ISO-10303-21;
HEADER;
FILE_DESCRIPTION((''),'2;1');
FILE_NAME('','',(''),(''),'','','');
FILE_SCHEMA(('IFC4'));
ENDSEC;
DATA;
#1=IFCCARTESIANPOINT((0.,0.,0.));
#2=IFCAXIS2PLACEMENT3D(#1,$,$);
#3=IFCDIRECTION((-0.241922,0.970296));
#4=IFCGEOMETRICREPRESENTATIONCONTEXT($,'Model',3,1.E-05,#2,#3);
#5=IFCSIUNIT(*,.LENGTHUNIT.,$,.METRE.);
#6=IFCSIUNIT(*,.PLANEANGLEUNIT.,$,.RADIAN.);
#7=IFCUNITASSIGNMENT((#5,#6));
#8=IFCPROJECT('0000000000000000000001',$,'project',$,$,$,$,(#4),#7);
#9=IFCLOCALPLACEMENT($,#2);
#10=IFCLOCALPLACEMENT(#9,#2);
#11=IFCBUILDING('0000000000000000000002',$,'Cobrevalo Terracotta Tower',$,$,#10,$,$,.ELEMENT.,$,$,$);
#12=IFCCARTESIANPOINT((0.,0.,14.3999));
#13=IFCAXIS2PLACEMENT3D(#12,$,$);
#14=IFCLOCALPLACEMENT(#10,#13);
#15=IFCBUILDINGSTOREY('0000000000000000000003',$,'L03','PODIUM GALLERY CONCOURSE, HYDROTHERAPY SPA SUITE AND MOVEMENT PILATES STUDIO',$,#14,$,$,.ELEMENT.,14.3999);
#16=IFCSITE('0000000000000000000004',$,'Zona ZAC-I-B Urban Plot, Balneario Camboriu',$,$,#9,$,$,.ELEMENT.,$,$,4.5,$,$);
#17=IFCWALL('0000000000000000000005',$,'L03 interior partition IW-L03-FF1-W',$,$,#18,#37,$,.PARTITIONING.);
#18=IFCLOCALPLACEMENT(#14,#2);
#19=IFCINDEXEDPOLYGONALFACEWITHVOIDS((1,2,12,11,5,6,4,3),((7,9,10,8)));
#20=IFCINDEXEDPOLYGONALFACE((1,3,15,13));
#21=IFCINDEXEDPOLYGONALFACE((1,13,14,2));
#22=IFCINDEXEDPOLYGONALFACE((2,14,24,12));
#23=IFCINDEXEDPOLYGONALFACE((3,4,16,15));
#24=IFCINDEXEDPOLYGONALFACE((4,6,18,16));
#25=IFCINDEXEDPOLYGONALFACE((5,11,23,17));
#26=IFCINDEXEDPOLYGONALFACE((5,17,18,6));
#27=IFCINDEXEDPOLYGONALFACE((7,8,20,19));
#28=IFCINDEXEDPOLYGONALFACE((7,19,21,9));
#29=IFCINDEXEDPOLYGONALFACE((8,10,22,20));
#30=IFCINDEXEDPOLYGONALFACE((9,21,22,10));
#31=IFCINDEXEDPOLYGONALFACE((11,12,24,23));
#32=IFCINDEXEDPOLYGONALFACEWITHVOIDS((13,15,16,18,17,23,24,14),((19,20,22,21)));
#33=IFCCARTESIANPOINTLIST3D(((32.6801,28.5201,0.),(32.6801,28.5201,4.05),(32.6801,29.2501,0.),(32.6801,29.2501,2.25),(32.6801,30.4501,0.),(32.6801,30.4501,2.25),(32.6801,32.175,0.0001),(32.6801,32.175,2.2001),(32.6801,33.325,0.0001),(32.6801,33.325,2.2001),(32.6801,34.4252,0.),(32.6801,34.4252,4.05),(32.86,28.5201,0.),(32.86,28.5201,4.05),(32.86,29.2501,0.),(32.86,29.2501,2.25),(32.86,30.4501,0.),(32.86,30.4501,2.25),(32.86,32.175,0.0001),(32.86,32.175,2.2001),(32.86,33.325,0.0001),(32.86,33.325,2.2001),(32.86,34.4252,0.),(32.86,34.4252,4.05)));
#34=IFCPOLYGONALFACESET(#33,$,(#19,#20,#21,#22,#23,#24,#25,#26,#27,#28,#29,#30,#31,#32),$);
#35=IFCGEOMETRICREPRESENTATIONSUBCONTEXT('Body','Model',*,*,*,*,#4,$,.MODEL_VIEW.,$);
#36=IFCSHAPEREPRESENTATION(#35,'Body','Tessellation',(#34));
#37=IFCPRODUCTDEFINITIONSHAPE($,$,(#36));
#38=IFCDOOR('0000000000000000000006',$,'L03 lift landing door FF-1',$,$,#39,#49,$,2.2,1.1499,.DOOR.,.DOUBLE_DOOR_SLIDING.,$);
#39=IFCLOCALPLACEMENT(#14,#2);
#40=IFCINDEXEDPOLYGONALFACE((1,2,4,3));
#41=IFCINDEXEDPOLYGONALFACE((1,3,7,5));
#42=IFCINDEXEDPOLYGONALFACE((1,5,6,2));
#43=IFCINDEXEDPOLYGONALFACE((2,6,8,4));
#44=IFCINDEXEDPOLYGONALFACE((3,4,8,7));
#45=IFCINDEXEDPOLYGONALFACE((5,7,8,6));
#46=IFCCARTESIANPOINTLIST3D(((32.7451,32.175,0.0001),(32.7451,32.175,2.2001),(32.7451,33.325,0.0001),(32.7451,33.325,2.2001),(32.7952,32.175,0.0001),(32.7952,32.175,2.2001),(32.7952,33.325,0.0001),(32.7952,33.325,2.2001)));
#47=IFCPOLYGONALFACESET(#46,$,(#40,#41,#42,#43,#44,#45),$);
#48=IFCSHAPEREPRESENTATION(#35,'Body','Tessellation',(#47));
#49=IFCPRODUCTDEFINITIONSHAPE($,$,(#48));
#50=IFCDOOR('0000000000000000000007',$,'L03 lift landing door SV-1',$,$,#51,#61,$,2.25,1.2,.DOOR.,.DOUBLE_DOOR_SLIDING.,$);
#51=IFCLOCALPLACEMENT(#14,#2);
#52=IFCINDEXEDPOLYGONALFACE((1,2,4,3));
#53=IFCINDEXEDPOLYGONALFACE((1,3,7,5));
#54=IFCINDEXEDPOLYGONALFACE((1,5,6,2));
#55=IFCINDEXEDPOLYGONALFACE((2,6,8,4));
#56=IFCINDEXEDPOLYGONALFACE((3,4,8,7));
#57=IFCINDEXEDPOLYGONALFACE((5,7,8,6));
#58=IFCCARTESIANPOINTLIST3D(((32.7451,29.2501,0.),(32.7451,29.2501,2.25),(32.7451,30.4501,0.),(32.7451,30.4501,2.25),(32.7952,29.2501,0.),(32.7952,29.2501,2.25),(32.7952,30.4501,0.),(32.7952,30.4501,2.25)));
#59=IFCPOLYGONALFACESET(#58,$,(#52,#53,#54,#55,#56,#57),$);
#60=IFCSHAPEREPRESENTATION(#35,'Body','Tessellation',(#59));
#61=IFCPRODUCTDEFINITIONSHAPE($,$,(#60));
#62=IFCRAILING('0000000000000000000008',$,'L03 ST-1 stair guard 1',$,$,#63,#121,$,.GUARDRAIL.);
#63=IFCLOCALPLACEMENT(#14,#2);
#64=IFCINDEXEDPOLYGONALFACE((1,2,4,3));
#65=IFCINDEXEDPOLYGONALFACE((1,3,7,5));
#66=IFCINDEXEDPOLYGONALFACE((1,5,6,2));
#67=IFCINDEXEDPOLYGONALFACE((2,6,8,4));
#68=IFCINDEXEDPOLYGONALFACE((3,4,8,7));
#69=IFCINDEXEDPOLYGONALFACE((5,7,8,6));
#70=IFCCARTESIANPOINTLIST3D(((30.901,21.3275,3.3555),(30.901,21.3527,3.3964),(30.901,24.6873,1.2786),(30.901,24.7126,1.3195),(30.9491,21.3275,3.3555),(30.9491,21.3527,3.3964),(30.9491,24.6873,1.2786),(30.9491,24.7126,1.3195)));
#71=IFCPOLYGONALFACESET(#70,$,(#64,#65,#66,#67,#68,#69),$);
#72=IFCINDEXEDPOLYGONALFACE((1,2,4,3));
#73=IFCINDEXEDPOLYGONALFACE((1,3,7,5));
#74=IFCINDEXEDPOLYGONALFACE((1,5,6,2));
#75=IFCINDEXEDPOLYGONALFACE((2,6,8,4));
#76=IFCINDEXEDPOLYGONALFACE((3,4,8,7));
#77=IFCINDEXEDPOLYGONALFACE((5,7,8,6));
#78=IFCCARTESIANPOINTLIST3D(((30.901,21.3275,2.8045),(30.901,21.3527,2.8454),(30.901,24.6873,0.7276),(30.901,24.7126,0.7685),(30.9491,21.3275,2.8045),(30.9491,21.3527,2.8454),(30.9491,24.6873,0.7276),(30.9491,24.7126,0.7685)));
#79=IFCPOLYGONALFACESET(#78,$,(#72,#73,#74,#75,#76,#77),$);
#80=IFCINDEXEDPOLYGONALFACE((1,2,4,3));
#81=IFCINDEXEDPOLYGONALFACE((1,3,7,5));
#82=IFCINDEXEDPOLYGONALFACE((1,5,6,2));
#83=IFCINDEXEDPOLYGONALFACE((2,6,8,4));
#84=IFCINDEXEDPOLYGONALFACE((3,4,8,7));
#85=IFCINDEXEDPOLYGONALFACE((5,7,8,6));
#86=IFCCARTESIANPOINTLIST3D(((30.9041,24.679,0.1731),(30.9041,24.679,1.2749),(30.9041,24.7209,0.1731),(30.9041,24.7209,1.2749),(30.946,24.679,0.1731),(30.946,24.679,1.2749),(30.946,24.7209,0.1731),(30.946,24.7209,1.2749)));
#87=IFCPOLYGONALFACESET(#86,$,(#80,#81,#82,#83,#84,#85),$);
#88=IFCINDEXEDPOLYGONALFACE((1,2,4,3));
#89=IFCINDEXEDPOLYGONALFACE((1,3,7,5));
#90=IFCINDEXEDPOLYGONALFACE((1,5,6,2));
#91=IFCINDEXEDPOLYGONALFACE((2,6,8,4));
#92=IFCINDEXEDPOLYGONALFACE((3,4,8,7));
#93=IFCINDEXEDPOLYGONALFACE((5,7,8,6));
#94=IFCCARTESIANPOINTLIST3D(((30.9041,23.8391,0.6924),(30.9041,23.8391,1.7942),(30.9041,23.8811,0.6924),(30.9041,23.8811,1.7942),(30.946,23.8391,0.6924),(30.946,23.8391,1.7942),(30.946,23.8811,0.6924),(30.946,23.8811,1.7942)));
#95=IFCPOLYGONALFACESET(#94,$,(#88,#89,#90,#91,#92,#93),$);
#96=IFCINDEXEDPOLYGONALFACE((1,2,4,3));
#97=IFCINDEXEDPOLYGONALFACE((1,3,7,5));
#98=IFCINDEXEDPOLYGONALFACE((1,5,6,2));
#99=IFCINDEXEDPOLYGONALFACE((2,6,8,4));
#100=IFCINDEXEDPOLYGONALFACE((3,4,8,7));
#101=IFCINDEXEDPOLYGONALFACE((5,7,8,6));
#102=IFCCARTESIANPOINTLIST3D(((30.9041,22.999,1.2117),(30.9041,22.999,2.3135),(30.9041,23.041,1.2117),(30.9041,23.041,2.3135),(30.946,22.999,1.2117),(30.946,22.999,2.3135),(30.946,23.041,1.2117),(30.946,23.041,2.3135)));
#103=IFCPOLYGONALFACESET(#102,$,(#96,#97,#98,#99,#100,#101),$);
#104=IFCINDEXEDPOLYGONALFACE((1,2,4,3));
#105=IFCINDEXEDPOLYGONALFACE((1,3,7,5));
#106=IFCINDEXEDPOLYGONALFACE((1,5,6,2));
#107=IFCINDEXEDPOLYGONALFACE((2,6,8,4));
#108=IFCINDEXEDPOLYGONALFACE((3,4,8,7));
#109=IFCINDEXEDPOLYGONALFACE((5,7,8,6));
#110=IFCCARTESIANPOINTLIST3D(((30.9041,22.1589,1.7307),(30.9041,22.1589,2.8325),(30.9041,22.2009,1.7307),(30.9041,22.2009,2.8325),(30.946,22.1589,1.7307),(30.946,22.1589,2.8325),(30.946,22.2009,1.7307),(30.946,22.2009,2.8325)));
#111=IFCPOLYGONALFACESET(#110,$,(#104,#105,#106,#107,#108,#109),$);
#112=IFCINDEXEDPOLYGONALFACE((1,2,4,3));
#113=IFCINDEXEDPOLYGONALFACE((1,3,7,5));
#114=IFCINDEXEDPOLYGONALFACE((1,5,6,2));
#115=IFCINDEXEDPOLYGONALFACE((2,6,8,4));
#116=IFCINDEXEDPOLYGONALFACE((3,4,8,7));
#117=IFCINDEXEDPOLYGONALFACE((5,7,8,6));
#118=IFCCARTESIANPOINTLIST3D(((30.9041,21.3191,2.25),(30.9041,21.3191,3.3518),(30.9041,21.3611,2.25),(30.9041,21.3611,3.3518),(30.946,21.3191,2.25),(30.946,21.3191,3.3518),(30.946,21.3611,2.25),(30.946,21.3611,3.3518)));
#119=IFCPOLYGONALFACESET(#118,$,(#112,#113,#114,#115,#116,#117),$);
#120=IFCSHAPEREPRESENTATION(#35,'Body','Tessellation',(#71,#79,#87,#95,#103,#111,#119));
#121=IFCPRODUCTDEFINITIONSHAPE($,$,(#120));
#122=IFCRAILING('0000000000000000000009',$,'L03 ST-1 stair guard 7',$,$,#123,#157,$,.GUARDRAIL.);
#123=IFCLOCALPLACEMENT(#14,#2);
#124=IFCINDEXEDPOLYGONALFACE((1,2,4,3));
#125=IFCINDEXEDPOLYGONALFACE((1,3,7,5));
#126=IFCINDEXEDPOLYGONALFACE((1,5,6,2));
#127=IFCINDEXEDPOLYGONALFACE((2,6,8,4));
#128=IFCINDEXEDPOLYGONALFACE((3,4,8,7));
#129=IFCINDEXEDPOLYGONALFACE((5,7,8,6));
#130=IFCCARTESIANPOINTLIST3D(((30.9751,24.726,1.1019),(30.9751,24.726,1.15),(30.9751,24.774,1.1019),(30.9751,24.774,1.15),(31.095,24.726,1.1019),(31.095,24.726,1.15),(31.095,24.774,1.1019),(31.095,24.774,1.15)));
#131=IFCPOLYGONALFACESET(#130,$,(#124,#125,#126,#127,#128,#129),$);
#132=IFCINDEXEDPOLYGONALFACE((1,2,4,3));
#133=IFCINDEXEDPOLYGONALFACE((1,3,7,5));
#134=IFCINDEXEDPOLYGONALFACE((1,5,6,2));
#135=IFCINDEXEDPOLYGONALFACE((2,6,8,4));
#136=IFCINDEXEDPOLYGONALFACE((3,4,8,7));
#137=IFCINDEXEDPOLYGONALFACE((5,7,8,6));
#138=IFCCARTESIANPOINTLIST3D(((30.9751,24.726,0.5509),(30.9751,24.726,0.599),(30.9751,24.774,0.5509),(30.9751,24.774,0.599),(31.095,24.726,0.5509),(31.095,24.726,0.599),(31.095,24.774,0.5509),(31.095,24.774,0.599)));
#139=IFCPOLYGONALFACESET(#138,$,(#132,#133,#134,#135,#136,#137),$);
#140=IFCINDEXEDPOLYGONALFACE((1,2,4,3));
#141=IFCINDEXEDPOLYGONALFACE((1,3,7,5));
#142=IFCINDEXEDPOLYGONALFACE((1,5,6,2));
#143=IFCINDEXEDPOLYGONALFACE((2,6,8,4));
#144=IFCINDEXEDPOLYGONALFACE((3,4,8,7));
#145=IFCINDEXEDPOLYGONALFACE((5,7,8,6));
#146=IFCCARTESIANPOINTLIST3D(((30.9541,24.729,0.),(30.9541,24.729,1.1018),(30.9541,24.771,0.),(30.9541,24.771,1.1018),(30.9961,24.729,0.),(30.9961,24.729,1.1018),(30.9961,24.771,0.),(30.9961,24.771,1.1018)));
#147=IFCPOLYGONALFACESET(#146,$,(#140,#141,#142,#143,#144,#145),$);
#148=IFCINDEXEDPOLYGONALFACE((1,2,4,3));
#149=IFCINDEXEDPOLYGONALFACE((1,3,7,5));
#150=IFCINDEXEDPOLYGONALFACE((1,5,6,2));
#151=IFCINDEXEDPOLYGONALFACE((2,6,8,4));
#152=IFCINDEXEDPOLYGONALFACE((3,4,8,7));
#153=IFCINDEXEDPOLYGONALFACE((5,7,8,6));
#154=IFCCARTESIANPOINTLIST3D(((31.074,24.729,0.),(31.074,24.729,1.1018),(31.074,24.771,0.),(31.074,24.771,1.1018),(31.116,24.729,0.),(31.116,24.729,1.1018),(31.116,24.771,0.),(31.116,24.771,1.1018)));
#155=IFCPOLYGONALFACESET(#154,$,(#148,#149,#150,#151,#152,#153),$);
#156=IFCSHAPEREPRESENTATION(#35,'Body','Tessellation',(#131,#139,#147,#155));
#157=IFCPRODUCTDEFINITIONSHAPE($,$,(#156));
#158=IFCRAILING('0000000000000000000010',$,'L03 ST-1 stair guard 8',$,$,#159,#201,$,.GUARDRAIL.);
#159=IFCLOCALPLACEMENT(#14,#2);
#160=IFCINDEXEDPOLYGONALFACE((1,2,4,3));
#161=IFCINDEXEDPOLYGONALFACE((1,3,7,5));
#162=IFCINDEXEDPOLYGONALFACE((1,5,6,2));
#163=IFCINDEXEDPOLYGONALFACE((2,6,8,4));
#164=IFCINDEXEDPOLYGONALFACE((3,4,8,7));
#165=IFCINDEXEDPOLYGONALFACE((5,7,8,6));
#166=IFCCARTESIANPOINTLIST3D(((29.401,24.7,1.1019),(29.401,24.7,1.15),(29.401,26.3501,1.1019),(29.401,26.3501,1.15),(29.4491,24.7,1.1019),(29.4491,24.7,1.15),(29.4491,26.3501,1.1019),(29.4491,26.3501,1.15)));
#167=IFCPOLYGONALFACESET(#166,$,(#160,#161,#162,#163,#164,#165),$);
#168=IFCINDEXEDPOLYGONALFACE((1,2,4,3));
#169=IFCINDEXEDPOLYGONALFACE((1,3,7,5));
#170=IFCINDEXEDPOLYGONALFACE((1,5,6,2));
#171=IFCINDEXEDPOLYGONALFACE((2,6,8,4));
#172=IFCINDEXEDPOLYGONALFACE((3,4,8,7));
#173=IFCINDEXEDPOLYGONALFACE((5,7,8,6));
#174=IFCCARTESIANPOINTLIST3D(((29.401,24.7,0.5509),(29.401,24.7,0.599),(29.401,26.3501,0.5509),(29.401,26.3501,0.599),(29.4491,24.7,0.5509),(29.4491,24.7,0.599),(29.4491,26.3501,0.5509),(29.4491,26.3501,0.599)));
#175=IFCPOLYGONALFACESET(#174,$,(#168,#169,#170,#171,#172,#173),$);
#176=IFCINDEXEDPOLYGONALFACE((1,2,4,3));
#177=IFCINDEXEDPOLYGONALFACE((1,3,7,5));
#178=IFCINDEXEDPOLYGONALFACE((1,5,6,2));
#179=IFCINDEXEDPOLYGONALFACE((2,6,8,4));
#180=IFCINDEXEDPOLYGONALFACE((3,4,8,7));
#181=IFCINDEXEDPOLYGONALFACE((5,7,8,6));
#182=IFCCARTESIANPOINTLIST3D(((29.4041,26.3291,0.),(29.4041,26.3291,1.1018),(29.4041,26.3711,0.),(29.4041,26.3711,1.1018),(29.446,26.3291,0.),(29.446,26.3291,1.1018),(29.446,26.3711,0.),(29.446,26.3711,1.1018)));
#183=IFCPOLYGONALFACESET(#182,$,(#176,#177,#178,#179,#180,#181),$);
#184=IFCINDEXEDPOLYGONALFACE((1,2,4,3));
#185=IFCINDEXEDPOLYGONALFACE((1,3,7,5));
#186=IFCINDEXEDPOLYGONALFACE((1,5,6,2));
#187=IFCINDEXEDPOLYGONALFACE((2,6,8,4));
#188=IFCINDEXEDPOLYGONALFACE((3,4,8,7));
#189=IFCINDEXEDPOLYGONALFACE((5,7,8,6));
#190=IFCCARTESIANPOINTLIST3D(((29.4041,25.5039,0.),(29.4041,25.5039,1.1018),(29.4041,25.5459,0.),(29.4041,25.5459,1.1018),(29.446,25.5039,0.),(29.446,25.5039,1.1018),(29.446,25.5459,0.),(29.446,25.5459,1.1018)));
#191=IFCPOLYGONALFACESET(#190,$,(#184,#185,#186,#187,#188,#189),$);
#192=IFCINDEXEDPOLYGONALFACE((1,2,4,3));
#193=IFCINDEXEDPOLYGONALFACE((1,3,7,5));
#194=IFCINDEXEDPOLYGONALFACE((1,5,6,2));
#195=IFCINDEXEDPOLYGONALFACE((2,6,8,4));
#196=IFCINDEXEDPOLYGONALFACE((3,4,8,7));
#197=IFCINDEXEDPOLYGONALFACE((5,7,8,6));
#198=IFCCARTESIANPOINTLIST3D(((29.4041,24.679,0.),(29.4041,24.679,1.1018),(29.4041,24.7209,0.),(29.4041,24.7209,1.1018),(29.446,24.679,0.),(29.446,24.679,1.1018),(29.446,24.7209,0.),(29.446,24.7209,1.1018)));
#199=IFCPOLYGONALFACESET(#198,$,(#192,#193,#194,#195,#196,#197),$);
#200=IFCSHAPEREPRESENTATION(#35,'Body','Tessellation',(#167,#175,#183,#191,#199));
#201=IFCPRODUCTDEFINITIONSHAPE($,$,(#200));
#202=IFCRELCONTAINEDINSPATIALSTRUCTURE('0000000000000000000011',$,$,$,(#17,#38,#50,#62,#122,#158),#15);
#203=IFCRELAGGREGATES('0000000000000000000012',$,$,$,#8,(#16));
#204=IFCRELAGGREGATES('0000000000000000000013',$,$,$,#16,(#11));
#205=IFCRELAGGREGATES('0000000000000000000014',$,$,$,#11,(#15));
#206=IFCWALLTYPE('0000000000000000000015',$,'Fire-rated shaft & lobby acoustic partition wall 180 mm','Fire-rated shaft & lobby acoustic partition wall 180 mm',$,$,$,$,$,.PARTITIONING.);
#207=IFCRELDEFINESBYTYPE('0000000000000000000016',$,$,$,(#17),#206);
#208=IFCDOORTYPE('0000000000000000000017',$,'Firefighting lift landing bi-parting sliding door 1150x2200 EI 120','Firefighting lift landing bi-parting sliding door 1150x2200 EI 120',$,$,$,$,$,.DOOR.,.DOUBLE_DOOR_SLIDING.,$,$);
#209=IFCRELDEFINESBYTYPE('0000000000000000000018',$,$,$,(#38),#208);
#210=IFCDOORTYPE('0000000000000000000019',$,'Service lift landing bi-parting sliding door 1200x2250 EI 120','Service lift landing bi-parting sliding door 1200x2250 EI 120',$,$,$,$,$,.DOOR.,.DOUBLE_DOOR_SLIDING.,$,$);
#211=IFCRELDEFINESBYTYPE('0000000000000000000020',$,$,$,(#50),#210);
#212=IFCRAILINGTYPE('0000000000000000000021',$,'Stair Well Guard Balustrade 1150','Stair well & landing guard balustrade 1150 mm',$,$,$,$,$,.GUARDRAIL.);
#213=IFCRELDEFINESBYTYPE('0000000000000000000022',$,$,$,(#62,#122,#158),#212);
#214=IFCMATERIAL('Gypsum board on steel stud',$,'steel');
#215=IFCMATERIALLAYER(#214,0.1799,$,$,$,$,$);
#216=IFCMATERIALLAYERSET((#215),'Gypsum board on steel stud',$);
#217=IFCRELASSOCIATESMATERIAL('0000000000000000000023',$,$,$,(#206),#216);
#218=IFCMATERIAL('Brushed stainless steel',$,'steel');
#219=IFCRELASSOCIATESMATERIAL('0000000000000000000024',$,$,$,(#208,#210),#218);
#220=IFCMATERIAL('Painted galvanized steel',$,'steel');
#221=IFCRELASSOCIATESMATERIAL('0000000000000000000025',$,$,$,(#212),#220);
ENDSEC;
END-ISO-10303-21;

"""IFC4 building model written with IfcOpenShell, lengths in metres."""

from ifc_helpers import new_model, si_unit, direction, frame, frame_2d, origin, origin_2d, place, context, subcontext, project, spatial, rectangle, extrude, source, transform, mapped, material, layer, layer_set, type_object, element, fill, save


model = new_model("IFC4")

# Units and contexts
model_context = context("Model", 3, precision=1e-05, world=origin(), true_north=direction((-0.241922, 0.970296)))
body_context = subcontext(model_context, "Body", "Model", "MODEL_VIEW")
ifc_project = project(units=[si_unit("LENGTHUNIT", "METRE"), si_unit("PLANEANGLEUNIT", "RADIAN")], contexts=[model_context])

# Site, building, storey
site_placement = place(None, origin())
site = spatial("IfcSite", under=ifc_project, at=site_placement, Name="Zona ZAC-I-B Urban Plot, Balneario Camboriu", CompositionType="ELEMENT", RefElevation=4.5)
building_placement = place(site_placement, origin())
building = spatial("IfcBuilding", under=site, at=building_placement, Name="Cobrevalo Terracotta Tower", CompositionType="ELEMENT")
storey_placement = place(building_placement, frame((0.0, 0.0, 14.3999)))
storey = spatial("IfcBuildingStorey", under=building, at=storey_placement, Name="L03", Description="PODIUM GALLERY CONCOURSE, HYDROTHERAPY SPA SUITE AND MOVEMENT PILATES STUDIO", CompositionType="ELEMENT", Elevation=14.3999)

# Shared definitions
ifc_material_1 = material(Name="Gypsum board on steel stud", Category="steel")

# Shared definitions
ifc_layer_1 = layer(ifc_material_1, 0.1799)
ifc_layer_set_1 = layer_set([ifc_layer_1], Name="Gypsum board on steel stud")
wall_type_1 = type_object("IfcWallType", Name="Fire-rated shaft & lobby acoustic partition wall 180 mm", Description="Fire-rated shaft & lobby acoustic partition wall 180 mm", PredefinedType="PARTITIONING", material=ifc_layer_set_1)

# Wall, openings, doors
wall_1_placement = place(storey_placement, frame((32.77, 28.52, 0.0), z_axis=(0.0, 0.0, 1.0), x_axis=(0.0, 1.0, 0.0)))
wall_1 = element("IfcWall", 1, at=wall_1_placement, inside=storey, type_object=wall_type_1, Name="L03 interior partition IW-L03-FF1-W", PredefinedType="PARTITIONING", context=body_context, shape_type="SweptSolid", body=[
    extrude(rectangle(XDim=5.905, YDim=0.1799, at=frame_2d((2.9526, 0.0))), origin(), (0.0, 0.0, 1.0), 4.05),
])
opening_1_placement = place(wall_1_placement, frame((3.655, 0.0, 0.0)))
opening_1 = element("IfcOpeningElement", 2, at=opening_1_placement, cuts=wall_1, PredefinedType="OPENING", context=body_context, shape_type="SweptSolid", body=[
    extrude(rectangle(XDim=1.1499, YDim=2.2, at=frame_2d((0.575, 1.1001))), frame((0.0, 0.1001, 0.0), z_axis=(0.0, -1.0, 0.0), x_axis=(1.0, 0.0, 0.0)), (0.0, 0.0, 1.0), 0.2),
])
opening_2_placement = place(wall_1_placement, frame((0.73, 0.0, 0.0)))
opening_2 = element("IfcOpeningElement", 3, at=opening_2_placement, cuts=wall_1, PredefinedType="OPENING", context=body_context, shape_type="SweptSolid", body=[
    extrude(rectangle(XDim=1.2, YDim=2.25, at=frame_2d((0.6001, 1.125))), frame((0.0, 0.1001, 0.0), z_axis=(0.0, -1.0, 0.0), x_axis=(1.0, 0.0, 0.0)), (0.0, 0.0, 1.0), 0.2),
])
ifc_material_2 = material(Name="Brushed stainless steel", Category="steel")
door_type_1 = type_object("IfcDoorType", Name="Firefighting lift landing bi-parting sliding door 1150x2200 EI 120", Description="Firefighting lift landing bi-parting sliding door 1150x2200 EI 120", OperationType="DOUBLE_DOOR_SLIDING", PredefinedType="DOOR", material=ifc_material_2)
shared_shape_1 = source(origin(), body_context, "Body", "SweptSolid", [
    extrude(rectangle(XDim=1.1499, YDim=2.2, at=frame_2d((0.575, 1.1001))), frame((0.0, 0.0249, 0.0), z_axis=(0.0, -1.0, 0.0), x_axis=(1.0, 0.0, 0.0)), (0.0, 0.0, 1.0), 0.05),
])
door_1_placement = place(opening_1_placement, origin())
door_1 = element("IfcDoor", 4, at=door_1_placement, inside=storey, type_object=door_type_1, Name="L03 lift landing door FF-1", OperationType="DOUBLE_DOOR_SLIDING", OverallHeight=2.2, OverallWidth=1.1499, PredefinedType="DOOR", context=body_context, shape_type="MappedRepresentation", body=[
    mapped(shared_shape_1, transform((0.0, 0.0, 0.0), scale=1.0)),
])
fill(opening_1, door_1)
door_type_2 = type_object("IfcDoorType", Name="Service lift landing bi-parting sliding door 1200x2250 EI 120", Description="Service lift landing bi-parting sliding door 1200x2250 EI 120", OperationType="DOUBLE_DOOR_SLIDING", PredefinedType="DOOR", material=ifc_material_2)
shared_shape_2 = source(origin(), body_context, "Body", "SweptSolid", [
    extrude(rectangle(XDim=1.2, YDim=2.25, at=frame_2d((0.6001, 1.125))), frame((0.0, 0.0249, 0.0), z_axis=(0.0, -1.0, 0.0), x_axis=(1.0, 0.0, 0.0)), (0.0, 0.0, 1.0), 0.05),
])
door_2_placement = place(opening_2_placement, origin())
door_2 = element("IfcDoor", 5, at=door_2_placement, inside=storey, type_object=door_type_2, Name="L03 lift landing door SV-1", OperationType="DOUBLE_DOOR_SLIDING", OverallHeight=2.25, OverallWidth=1.2, PredefinedType="DOOR", context=body_context, shape_type="MappedRepresentation", body=[
    mapped(shared_shape_2, transform((0.0, 0.0, 0.0), scale=1.0)),
])
fill(opening_2, door_2)

# Railings
ifc_material_3 = material(Name="Painted galvanized steel", Category="steel")
railing_type = type_object("IfcRailingType", Name="Stair Well Guard Balustrade 1150", Description="Stair well & landing guard balustrade 1150 mm", PredefinedType="GUARDRAIL", material=ifc_material_3)
railing_1_placement = place(storey_placement, frame((30.925, 24.7, 0.1731)))
element("IfcRailing", 6, at=railing_1_placement, inside=storey, type_object=railing_type, Name="L03 ST-1 stair guard 1", PredefinedType="GUARDRAIL", context=body_context, shape_type="SweptSolid", body=[
    extrude(rectangle(XDim=0.0481, YDim=0.0481, at=origin_2d()), frame((0.0, 0.0, 1.126), z_axis=(0.0, -0.850606, 0.525803), x_axis=(1.0, 0.0, 0.0)), (0.0, 0.0, 1.0), 3.95),
    extrude(rectangle(XDim=0.0481, YDim=0.0481, at=origin_2d()), frame((0.0, 0.0, 0.575), z_axis=(0.0, -0.850606, 0.525803), x_axis=(1.0, 0.0, 0.0)), (0.0, 0.0, 1.0), 3.95),
    extrude(rectangle(XDim=0.042, YDim=0.042, at=origin_2d()), origin(), (0.0, 0.0, 1.0), 1.1018),
    extrude(rectangle(XDim=0.042, YDim=0.042, at=origin_2d()), frame((0.0, -0.8398, 0.5193)), (0.0, 0.0, 1.0), 1.1018),
    extrude(rectangle(XDim=0.042, YDim=0.042, at=origin_2d()), frame((0.0, -1.6799, 1.0386)), (0.0, 0.0, 1.0), 1.1018),
    extrude(rectangle(XDim=0.042, YDim=0.042, at=origin_2d()), frame((0.0, -2.52, 1.5576)), (0.0, 0.0, 1.0), 1.1018),
    extrude(rectangle(XDim=0.042, YDim=0.042, at=origin_2d()), frame((0.0, -3.3599, 2.0769)), (0.0, 0.0, 1.0), 1.1018),
])
railing_2_placement = place(storey_placement, frame((30.9751, 24.75, 0.0)))
element("IfcRailing", 7, at=railing_2_placement, inside=storey, type_object=railing_type, Name="L03 ST-1 stair guard 7", PredefinedType="GUARDRAIL", context=body_context, shape_type="SweptSolid", body=[
    extrude(rectangle(XDim=0.0481, YDim=0.0481, at=origin_2d()), frame((0.0, 0.0, 1.126), z_axis=(1.0, 0.0, 0.0), x_axis=(0.0, 1.0, 0.0)), (0.0, 0.0, 1.0), 0.1199),
    extrude(rectangle(XDim=0.0481, YDim=0.0481, at=origin_2d()), frame((0.0, 0.0, 0.575), z_axis=(1.0, 0.0, 0.0), x_axis=(0.0, 1.0, 0.0)), (0.0, 0.0, 1.0), 0.1199),
    extrude(rectangle(XDim=0.042, YDim=0.042, at=origin_2d()), origin(), (0.0, 0.0, 1.0), 1.1018),
    extrude(rectangle(XDim=0.042, YDim=0.042, at=origin_2d()), frame((0.1199, 0.0, 0.0)), (0.0, 0.0, 1.0), 1.1018),
])
for number, where, name in (
    (8, (29.425, 26.3501, 0.0), "L03 ST-1 stair guard 8"),
):
    element("IfcRailing", number, at=place(storey_placement, frame(where)), inside=storey, type_object=railing_type, Name=name, PredefinedType="GUARDRAIL", context=body_context, shape_type="SweptSolid", body=[
        extrude(rectangle(XDim=0.0481, YDim=0.0481, at=origin_2d()), frame((0.0, 0.0, 1.126), z_axis=(0.0, -1.0, 0.0), x_axis=(1.0, 0.0, 0.0)), (0.0, 0.0, 1.0), 1.6501),
        extrude(rectangle(XDim=0.0481, YDim=0.0481, at=origin_2d()), frame((0.0, 0.0, 0.575), z_axis=(0.0, -1.0, 0.0), x_axis=(1.0, 0.0, 0.0)), (0.0, 0.0, 1.0), 1.6501),
        extrude(rectangle(XDim=0.042, YDim=0.042, at=origin_2d()), origin(), (0.0, 0.0, 1.0), 1.1018),
        extrude(rectangle(XDim=0.042, YDim=0.042, at=origin_2d()), frame((0.0, -0.8252, 0.0)), (0.0, 0.0, 1.0), 1.1018),
        extrude(rectangle(XDim=0.042, YDim=0.042, at=origin_2d()), frame((0.0, -1.6501, 0.0)), (0.0, 0.0, 1.0), 1.1018),
    ])

save(model, "model.ifc")
